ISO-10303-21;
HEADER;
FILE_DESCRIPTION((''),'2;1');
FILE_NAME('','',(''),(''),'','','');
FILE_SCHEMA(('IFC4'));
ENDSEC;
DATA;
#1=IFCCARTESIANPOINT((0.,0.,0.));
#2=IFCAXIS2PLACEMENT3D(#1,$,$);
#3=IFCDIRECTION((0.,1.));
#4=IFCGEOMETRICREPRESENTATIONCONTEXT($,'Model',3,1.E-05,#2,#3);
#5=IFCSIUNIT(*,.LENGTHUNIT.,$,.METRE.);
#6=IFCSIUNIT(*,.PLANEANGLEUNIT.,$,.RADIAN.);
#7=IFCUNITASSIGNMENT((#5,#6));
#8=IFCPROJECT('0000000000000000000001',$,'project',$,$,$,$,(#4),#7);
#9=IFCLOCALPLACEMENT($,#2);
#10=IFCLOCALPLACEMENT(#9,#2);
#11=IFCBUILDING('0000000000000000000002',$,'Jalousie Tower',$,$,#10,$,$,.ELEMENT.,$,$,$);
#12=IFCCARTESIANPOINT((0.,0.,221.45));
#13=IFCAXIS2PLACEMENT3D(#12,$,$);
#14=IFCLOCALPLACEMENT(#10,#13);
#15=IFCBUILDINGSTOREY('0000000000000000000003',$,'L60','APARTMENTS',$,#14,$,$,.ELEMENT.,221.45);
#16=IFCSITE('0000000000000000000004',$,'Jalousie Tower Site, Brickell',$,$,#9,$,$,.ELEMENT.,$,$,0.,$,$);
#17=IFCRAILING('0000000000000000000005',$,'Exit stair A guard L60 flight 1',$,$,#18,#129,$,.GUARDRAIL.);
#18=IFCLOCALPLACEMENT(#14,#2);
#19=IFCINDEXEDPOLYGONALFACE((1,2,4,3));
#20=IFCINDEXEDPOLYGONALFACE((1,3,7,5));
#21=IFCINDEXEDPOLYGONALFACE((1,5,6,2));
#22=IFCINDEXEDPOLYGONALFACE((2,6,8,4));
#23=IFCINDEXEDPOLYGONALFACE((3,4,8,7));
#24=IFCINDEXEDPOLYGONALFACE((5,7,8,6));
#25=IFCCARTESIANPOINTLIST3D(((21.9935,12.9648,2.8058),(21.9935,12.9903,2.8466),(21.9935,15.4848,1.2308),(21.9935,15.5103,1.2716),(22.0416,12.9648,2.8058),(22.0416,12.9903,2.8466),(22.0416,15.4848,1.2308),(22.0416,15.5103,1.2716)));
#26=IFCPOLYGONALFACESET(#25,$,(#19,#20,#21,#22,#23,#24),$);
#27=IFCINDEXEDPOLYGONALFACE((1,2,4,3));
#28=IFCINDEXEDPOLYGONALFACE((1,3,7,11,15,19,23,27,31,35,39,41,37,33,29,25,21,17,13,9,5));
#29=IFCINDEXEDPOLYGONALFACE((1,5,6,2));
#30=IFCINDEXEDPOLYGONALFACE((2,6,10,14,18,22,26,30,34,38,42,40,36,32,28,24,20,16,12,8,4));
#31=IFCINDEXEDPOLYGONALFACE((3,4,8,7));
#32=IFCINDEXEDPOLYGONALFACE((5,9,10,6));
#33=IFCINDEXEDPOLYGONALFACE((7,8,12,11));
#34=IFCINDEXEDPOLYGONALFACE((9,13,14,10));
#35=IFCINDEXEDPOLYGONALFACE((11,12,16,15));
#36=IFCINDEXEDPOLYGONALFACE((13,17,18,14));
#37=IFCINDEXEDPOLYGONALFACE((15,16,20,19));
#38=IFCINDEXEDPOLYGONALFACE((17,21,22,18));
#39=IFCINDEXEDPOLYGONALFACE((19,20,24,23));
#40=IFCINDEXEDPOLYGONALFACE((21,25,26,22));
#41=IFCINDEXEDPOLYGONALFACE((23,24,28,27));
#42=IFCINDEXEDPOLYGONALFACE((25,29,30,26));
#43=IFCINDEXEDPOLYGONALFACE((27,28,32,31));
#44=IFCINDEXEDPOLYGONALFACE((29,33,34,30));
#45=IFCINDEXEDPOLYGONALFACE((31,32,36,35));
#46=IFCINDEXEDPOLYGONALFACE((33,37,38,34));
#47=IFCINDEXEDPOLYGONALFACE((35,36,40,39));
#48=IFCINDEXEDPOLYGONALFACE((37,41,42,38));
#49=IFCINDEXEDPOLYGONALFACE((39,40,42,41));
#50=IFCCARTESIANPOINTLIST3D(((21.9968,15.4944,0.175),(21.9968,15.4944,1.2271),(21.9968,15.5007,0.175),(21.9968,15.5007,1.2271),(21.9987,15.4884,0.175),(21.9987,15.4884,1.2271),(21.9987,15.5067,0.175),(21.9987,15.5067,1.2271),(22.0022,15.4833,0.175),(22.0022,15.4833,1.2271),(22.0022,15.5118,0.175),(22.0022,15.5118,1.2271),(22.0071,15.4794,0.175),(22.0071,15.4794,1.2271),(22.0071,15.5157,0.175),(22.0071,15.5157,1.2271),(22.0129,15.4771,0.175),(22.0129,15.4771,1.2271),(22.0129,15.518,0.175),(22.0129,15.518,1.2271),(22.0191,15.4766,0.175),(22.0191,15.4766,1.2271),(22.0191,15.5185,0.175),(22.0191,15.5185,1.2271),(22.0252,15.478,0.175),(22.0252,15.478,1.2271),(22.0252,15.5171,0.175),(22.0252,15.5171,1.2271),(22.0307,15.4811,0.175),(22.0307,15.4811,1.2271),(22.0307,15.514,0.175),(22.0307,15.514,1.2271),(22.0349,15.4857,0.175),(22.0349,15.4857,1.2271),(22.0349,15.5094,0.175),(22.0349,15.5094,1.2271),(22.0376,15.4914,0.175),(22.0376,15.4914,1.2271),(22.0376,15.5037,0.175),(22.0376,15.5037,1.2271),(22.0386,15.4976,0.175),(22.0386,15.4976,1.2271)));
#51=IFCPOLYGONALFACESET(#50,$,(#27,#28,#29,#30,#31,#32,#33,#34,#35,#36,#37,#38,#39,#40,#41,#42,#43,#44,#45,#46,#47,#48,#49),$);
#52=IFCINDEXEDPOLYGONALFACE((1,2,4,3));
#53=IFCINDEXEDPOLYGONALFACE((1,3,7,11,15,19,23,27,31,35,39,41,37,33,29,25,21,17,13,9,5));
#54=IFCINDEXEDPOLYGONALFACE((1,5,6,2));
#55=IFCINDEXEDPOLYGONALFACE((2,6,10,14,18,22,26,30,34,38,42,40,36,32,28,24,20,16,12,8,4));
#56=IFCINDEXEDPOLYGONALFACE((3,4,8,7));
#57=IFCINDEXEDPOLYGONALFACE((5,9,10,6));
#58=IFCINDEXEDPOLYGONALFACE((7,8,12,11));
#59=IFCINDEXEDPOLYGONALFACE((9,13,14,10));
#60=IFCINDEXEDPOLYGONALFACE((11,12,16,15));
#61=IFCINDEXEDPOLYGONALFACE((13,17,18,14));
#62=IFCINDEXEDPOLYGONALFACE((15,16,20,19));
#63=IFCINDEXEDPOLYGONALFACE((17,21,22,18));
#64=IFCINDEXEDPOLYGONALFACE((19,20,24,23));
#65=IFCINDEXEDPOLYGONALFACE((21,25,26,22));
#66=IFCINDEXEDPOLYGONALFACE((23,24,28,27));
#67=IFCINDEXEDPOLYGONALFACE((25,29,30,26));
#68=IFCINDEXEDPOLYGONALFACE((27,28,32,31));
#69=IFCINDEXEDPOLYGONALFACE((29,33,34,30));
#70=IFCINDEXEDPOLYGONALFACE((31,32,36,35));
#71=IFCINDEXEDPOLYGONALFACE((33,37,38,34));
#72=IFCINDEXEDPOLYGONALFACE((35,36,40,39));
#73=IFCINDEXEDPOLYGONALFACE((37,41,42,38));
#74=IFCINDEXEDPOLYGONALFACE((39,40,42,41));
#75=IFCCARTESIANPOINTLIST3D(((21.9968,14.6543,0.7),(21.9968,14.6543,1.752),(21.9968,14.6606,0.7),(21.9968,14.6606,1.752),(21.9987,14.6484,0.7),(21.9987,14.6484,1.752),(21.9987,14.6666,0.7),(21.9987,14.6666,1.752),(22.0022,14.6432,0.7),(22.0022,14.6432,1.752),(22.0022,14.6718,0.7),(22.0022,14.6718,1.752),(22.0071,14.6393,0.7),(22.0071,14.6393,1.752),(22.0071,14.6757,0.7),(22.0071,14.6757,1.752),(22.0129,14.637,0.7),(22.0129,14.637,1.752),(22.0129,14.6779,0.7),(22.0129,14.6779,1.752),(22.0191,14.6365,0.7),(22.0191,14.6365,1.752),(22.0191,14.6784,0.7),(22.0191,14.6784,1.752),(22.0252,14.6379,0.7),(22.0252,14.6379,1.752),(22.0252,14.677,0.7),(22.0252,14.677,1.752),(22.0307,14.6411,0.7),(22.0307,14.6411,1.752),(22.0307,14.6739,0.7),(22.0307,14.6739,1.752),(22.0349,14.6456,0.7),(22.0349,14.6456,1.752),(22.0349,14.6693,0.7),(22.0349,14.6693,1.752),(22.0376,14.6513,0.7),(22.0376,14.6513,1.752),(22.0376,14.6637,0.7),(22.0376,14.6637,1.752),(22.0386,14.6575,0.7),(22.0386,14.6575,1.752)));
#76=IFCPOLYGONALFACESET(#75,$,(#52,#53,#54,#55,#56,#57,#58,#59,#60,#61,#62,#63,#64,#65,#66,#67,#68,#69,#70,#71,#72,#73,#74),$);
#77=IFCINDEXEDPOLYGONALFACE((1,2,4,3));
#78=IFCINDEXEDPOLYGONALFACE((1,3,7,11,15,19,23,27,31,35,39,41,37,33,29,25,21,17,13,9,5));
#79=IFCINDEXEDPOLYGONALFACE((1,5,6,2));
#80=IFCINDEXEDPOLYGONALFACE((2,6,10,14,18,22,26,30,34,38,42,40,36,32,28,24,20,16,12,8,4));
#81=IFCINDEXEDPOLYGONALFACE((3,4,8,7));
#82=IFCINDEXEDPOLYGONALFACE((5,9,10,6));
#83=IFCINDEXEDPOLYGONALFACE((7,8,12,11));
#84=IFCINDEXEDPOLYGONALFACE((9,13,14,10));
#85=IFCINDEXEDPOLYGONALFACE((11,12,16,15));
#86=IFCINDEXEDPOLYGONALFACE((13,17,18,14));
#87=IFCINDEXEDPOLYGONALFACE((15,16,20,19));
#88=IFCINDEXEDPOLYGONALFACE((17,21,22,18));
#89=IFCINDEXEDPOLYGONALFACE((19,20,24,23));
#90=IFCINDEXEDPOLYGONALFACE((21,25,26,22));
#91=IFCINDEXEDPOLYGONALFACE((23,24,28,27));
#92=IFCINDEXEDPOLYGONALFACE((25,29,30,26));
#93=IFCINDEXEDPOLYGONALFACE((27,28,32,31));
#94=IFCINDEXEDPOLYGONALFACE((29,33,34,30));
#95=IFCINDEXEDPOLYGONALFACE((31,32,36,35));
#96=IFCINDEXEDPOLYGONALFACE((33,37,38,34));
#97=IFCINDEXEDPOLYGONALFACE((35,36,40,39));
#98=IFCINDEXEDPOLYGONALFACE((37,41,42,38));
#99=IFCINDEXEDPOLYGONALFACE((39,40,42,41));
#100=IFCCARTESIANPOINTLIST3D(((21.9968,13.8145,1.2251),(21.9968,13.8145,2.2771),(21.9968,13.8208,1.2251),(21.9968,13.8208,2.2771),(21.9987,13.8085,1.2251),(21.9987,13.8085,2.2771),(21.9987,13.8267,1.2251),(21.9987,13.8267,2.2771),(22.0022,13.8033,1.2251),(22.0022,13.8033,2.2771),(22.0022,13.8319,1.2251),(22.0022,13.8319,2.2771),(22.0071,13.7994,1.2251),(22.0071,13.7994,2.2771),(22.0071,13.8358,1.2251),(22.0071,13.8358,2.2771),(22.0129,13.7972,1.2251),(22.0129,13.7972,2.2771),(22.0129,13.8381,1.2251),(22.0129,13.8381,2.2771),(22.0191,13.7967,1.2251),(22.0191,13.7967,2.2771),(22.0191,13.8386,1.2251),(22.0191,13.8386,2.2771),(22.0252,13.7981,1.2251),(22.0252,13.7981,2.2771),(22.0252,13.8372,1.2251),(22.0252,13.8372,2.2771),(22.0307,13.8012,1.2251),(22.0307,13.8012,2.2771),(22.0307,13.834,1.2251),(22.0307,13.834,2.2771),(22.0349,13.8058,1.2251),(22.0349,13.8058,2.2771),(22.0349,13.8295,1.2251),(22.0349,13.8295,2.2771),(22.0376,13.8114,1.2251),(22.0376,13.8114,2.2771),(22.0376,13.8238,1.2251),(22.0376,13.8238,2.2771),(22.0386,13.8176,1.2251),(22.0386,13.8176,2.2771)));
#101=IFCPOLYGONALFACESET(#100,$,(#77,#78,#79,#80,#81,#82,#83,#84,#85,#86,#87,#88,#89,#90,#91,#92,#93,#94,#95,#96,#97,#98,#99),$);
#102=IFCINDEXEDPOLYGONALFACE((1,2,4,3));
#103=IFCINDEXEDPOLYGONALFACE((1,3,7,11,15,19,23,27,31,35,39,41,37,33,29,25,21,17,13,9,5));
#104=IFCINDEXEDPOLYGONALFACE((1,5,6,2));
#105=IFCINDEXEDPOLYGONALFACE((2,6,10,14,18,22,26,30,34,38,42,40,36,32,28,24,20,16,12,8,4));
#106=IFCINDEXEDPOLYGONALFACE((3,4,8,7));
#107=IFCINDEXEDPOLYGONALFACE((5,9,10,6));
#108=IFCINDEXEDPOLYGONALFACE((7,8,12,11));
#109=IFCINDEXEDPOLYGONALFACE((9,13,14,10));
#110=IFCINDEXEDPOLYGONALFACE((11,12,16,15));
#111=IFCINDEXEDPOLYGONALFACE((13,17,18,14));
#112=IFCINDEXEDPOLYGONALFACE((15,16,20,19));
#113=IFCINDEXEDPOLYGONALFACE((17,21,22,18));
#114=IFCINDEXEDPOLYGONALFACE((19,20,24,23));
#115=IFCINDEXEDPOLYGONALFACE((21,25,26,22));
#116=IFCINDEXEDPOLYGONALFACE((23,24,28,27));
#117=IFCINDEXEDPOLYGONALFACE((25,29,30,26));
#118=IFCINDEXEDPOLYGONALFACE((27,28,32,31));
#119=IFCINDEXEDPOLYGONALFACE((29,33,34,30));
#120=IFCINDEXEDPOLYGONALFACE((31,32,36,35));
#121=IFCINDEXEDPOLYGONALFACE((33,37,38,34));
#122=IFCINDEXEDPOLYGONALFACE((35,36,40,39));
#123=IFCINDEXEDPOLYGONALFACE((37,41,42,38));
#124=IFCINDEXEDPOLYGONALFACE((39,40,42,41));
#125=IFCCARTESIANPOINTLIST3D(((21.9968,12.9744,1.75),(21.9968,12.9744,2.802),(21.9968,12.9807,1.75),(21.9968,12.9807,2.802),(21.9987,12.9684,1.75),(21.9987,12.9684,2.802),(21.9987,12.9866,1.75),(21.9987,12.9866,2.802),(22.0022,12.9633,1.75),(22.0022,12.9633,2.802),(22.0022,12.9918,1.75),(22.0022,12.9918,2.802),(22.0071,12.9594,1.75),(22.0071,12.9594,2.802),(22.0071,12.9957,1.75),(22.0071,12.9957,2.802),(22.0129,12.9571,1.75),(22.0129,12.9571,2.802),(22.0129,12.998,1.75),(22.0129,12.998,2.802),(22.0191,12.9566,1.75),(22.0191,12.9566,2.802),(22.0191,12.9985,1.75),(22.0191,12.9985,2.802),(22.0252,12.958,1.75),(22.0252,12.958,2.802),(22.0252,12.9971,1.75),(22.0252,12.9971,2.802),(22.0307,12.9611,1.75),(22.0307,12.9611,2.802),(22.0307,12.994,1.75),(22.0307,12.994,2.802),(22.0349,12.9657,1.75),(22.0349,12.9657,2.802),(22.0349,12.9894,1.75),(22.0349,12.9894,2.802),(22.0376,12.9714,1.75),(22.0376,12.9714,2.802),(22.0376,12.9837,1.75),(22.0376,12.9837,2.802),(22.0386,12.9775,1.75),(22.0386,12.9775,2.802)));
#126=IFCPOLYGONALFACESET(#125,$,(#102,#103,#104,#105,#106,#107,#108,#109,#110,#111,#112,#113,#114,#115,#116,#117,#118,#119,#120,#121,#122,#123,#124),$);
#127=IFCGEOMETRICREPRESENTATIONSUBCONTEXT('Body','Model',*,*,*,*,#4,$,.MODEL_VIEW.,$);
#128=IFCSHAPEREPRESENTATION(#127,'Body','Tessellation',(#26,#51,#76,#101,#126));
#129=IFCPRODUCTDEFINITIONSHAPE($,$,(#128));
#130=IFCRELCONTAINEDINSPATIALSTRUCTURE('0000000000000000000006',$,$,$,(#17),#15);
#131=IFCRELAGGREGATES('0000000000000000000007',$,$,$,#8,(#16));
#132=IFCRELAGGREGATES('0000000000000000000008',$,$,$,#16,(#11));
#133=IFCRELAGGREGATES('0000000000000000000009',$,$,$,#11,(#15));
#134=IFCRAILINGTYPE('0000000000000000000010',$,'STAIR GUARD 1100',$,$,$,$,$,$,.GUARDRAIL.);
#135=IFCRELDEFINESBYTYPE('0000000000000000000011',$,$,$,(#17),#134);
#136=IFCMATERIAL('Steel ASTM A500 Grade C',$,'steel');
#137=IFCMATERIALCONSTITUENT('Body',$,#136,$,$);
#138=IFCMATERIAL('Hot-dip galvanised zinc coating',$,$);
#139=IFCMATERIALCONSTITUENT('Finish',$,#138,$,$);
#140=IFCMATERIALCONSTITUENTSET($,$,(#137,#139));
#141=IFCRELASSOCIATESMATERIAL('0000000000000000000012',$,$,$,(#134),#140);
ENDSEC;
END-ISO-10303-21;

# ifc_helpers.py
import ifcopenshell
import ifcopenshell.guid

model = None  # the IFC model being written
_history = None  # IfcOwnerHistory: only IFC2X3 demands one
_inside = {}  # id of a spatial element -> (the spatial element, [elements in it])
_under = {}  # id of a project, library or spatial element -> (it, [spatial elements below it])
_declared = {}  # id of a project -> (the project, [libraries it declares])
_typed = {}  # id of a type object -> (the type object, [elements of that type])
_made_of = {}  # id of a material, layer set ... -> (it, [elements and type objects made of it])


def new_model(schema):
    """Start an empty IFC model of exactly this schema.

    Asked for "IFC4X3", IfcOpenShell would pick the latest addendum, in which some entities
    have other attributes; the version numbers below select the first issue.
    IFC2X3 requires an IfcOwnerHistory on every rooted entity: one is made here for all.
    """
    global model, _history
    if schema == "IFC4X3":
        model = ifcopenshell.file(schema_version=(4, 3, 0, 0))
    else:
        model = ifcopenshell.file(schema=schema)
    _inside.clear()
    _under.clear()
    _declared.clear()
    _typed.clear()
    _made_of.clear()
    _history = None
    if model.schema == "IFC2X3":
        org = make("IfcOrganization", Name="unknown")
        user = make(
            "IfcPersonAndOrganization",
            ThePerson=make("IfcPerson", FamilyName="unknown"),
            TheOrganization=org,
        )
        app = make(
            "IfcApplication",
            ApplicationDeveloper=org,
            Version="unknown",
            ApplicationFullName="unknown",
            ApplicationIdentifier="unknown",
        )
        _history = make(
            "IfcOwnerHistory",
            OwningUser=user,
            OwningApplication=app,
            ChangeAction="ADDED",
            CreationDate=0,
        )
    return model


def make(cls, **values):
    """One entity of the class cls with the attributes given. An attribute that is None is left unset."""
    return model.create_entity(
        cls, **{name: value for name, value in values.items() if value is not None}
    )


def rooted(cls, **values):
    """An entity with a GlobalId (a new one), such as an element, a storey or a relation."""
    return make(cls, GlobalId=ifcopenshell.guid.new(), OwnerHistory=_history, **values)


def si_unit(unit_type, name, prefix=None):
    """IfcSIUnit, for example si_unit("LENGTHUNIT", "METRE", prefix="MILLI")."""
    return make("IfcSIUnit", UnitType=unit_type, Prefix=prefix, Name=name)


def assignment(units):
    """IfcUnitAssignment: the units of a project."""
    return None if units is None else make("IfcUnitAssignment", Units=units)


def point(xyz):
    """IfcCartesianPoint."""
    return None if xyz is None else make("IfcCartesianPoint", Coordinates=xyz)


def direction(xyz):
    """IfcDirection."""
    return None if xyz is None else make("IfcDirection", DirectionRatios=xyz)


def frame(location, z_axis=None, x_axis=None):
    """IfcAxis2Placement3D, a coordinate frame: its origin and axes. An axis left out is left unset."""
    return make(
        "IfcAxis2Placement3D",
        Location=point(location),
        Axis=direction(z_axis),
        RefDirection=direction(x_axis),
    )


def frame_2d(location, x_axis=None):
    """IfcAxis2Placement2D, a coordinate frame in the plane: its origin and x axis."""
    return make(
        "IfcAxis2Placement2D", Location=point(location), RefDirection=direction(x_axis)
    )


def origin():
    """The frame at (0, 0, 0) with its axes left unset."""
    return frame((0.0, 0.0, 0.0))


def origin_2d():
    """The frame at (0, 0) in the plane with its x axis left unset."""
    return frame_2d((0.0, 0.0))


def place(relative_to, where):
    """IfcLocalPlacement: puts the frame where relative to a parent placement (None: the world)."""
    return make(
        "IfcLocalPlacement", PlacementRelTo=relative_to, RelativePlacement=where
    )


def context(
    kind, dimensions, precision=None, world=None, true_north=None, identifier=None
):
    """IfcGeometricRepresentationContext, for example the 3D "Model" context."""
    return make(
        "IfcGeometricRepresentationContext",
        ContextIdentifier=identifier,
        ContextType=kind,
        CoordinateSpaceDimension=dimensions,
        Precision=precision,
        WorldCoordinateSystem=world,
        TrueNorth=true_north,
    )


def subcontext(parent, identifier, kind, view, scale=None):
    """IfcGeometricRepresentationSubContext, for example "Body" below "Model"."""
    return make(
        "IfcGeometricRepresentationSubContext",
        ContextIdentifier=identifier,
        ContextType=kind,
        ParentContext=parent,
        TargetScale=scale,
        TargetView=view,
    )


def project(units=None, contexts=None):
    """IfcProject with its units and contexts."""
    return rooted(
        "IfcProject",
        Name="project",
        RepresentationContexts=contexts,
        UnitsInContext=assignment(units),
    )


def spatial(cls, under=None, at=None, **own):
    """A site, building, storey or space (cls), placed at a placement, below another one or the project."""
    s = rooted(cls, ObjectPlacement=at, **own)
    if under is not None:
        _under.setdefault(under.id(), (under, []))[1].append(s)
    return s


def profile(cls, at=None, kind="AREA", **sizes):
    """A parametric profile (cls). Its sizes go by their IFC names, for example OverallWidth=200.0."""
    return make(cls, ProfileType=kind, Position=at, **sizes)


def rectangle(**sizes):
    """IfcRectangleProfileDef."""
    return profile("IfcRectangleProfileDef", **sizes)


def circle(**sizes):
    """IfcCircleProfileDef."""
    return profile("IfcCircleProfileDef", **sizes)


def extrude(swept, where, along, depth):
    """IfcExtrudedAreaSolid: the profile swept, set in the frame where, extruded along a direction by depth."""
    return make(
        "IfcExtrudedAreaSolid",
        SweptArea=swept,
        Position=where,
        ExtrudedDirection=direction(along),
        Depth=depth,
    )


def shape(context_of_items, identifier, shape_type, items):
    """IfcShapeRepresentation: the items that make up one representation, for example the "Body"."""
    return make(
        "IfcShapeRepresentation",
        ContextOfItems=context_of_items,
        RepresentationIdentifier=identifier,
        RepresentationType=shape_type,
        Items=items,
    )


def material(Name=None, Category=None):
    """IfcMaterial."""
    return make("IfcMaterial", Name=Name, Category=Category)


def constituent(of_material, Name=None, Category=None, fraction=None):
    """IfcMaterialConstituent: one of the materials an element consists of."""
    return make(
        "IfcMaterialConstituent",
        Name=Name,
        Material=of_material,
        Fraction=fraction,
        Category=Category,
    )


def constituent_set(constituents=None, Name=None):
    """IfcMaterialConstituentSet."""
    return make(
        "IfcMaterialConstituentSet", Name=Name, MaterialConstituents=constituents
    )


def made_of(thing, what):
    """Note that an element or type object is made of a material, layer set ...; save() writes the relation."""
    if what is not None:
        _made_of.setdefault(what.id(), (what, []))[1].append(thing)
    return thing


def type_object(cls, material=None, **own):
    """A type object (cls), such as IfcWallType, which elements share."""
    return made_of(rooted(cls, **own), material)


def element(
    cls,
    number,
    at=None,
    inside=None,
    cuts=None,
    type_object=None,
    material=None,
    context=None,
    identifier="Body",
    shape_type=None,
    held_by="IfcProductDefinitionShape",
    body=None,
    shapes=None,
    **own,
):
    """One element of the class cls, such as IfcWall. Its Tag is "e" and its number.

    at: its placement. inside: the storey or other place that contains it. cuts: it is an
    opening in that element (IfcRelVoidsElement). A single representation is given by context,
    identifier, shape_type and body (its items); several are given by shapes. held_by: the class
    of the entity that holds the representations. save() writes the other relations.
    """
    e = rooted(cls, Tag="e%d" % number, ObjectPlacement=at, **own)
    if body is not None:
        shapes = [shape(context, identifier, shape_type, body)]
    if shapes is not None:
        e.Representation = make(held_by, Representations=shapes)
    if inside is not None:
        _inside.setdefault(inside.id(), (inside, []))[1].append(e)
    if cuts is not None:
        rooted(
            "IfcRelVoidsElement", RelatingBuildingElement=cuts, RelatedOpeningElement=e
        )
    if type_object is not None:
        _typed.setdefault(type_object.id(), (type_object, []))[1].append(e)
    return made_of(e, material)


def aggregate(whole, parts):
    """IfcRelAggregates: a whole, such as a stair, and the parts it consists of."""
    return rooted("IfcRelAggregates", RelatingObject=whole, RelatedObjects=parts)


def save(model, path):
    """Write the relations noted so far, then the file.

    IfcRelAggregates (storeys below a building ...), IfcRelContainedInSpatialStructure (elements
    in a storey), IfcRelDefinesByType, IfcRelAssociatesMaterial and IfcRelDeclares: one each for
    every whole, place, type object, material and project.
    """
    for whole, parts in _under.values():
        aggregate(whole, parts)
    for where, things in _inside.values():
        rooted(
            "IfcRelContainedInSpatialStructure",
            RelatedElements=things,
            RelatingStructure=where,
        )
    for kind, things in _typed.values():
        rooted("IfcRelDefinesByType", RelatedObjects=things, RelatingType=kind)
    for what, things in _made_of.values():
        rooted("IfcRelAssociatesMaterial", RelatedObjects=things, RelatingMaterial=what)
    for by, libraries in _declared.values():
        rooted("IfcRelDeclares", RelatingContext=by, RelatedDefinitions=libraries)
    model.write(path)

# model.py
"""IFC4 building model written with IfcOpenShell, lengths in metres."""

from ifc_helpers import new_model, si_unit, direction, frame, origin, origin_2d, place, context, subcontext, project, spatial, rectangle, circle, extrude, material, constituent, constituent_set, type_object, element, save


model = new_model("IFC4")

# Units and contexts
model_context = context("Model", 3, precision=1e-05, world=origin(), true_north=direction((0.0, 1.0)))
body_context = subcontext(model_context, "Body", "Model", "MODEL_VIEW")
ifc_project = project(units=[si_unit("LENGTHUNIT", "METRE"), si_unit("PLANEANGLEUNIT", "RADIAN")], contexts=[model_context])

# Site, building, storey
site_placement = place(None, origin())
site = spatial("IfcSite", under=ifc_project, at=site_placement, Name="Jalousie Tower Site, Brickell", CompositionType="ELEMENT", RefElevation=0.0)
building_placement = place(site_placement, origin())
building = spatial("IfcBuilding", under=site, at=building_placement, Name="Jalousie Tower", CompositionType="ELEMENT")
storey_placement = place(building_placement, frame((0.0, 0.0, 221.45)))
storey = spatial("IfcBuildingStorey", under=building, at=storey_placement, Name="L60", Description="APARTMENTS", CompositionType="ELEMENT", Elevation=221.45)

# Railing
ifc_material_1 = material(Name="Steel ASTM A500 Grade C", Category="steel")
ifc_constituent_1 = constituent(ifc_material_1, Name="Body")
ifc_material_2 = material(Name="Hot-dip galvanised zinc coating")
ifc_constituent_2 = constituent(ifc_material_2, Name="Finish")
ifc_constituent_set_1 = constituent_set(constituents=[ifc_constituent_1, ifc_constituent_2])
railing_type = type_object("IfcRailingType", Name="STAIR GUARD 1100", PredefinedType="GUARDRAIL", material=ifc_constituent_set_1)
railing_placement = place(storey_placement, frame((22.0176, 15.4976, 0.175)))
element("IfcRailing", 1, at=railing_placement, inside=storey, type_object=railing_type, Name="Exit stair A guard L60 flight 1", PredefinedType="GUARDRAIL", context=body_context, shape_type="SweptSolid", body=[
    extrude(rectangle(XDim=0.0481, YDim=0.0481, at=origin_2d()), frame((0.0, 0.0, 1.0762), z_axis=(0.0, -0.848008, 0.529984), x_axis=(1.0, 0.0, 0.0)), (0.0, 0.0, 1.0), 2.9717),
    extrude(circle(Radius=0.021, at=origin_2d()), origin(), (0.0, 0.0, 1.0), 1.052),
    extrude(circle(Radius=0.021, at=origin_2d()), frame((0.0, -0.8401, 0.5249)), (0.0, 0.0, 1.0), 1.052),
    extrude(circle(Radius=0.021, at=origin_2d()), frame((0.0, -1.6799, 1.05)), (0.0, 0.0, 1.0), 1.052),
    extrude(circle(Radius=0.021, at=origin_2d()), frame((0.0, -2.52, 1.575)), (0.0, 0.0, 1.0), 1.052),
])

save(model, "model.ifc")
